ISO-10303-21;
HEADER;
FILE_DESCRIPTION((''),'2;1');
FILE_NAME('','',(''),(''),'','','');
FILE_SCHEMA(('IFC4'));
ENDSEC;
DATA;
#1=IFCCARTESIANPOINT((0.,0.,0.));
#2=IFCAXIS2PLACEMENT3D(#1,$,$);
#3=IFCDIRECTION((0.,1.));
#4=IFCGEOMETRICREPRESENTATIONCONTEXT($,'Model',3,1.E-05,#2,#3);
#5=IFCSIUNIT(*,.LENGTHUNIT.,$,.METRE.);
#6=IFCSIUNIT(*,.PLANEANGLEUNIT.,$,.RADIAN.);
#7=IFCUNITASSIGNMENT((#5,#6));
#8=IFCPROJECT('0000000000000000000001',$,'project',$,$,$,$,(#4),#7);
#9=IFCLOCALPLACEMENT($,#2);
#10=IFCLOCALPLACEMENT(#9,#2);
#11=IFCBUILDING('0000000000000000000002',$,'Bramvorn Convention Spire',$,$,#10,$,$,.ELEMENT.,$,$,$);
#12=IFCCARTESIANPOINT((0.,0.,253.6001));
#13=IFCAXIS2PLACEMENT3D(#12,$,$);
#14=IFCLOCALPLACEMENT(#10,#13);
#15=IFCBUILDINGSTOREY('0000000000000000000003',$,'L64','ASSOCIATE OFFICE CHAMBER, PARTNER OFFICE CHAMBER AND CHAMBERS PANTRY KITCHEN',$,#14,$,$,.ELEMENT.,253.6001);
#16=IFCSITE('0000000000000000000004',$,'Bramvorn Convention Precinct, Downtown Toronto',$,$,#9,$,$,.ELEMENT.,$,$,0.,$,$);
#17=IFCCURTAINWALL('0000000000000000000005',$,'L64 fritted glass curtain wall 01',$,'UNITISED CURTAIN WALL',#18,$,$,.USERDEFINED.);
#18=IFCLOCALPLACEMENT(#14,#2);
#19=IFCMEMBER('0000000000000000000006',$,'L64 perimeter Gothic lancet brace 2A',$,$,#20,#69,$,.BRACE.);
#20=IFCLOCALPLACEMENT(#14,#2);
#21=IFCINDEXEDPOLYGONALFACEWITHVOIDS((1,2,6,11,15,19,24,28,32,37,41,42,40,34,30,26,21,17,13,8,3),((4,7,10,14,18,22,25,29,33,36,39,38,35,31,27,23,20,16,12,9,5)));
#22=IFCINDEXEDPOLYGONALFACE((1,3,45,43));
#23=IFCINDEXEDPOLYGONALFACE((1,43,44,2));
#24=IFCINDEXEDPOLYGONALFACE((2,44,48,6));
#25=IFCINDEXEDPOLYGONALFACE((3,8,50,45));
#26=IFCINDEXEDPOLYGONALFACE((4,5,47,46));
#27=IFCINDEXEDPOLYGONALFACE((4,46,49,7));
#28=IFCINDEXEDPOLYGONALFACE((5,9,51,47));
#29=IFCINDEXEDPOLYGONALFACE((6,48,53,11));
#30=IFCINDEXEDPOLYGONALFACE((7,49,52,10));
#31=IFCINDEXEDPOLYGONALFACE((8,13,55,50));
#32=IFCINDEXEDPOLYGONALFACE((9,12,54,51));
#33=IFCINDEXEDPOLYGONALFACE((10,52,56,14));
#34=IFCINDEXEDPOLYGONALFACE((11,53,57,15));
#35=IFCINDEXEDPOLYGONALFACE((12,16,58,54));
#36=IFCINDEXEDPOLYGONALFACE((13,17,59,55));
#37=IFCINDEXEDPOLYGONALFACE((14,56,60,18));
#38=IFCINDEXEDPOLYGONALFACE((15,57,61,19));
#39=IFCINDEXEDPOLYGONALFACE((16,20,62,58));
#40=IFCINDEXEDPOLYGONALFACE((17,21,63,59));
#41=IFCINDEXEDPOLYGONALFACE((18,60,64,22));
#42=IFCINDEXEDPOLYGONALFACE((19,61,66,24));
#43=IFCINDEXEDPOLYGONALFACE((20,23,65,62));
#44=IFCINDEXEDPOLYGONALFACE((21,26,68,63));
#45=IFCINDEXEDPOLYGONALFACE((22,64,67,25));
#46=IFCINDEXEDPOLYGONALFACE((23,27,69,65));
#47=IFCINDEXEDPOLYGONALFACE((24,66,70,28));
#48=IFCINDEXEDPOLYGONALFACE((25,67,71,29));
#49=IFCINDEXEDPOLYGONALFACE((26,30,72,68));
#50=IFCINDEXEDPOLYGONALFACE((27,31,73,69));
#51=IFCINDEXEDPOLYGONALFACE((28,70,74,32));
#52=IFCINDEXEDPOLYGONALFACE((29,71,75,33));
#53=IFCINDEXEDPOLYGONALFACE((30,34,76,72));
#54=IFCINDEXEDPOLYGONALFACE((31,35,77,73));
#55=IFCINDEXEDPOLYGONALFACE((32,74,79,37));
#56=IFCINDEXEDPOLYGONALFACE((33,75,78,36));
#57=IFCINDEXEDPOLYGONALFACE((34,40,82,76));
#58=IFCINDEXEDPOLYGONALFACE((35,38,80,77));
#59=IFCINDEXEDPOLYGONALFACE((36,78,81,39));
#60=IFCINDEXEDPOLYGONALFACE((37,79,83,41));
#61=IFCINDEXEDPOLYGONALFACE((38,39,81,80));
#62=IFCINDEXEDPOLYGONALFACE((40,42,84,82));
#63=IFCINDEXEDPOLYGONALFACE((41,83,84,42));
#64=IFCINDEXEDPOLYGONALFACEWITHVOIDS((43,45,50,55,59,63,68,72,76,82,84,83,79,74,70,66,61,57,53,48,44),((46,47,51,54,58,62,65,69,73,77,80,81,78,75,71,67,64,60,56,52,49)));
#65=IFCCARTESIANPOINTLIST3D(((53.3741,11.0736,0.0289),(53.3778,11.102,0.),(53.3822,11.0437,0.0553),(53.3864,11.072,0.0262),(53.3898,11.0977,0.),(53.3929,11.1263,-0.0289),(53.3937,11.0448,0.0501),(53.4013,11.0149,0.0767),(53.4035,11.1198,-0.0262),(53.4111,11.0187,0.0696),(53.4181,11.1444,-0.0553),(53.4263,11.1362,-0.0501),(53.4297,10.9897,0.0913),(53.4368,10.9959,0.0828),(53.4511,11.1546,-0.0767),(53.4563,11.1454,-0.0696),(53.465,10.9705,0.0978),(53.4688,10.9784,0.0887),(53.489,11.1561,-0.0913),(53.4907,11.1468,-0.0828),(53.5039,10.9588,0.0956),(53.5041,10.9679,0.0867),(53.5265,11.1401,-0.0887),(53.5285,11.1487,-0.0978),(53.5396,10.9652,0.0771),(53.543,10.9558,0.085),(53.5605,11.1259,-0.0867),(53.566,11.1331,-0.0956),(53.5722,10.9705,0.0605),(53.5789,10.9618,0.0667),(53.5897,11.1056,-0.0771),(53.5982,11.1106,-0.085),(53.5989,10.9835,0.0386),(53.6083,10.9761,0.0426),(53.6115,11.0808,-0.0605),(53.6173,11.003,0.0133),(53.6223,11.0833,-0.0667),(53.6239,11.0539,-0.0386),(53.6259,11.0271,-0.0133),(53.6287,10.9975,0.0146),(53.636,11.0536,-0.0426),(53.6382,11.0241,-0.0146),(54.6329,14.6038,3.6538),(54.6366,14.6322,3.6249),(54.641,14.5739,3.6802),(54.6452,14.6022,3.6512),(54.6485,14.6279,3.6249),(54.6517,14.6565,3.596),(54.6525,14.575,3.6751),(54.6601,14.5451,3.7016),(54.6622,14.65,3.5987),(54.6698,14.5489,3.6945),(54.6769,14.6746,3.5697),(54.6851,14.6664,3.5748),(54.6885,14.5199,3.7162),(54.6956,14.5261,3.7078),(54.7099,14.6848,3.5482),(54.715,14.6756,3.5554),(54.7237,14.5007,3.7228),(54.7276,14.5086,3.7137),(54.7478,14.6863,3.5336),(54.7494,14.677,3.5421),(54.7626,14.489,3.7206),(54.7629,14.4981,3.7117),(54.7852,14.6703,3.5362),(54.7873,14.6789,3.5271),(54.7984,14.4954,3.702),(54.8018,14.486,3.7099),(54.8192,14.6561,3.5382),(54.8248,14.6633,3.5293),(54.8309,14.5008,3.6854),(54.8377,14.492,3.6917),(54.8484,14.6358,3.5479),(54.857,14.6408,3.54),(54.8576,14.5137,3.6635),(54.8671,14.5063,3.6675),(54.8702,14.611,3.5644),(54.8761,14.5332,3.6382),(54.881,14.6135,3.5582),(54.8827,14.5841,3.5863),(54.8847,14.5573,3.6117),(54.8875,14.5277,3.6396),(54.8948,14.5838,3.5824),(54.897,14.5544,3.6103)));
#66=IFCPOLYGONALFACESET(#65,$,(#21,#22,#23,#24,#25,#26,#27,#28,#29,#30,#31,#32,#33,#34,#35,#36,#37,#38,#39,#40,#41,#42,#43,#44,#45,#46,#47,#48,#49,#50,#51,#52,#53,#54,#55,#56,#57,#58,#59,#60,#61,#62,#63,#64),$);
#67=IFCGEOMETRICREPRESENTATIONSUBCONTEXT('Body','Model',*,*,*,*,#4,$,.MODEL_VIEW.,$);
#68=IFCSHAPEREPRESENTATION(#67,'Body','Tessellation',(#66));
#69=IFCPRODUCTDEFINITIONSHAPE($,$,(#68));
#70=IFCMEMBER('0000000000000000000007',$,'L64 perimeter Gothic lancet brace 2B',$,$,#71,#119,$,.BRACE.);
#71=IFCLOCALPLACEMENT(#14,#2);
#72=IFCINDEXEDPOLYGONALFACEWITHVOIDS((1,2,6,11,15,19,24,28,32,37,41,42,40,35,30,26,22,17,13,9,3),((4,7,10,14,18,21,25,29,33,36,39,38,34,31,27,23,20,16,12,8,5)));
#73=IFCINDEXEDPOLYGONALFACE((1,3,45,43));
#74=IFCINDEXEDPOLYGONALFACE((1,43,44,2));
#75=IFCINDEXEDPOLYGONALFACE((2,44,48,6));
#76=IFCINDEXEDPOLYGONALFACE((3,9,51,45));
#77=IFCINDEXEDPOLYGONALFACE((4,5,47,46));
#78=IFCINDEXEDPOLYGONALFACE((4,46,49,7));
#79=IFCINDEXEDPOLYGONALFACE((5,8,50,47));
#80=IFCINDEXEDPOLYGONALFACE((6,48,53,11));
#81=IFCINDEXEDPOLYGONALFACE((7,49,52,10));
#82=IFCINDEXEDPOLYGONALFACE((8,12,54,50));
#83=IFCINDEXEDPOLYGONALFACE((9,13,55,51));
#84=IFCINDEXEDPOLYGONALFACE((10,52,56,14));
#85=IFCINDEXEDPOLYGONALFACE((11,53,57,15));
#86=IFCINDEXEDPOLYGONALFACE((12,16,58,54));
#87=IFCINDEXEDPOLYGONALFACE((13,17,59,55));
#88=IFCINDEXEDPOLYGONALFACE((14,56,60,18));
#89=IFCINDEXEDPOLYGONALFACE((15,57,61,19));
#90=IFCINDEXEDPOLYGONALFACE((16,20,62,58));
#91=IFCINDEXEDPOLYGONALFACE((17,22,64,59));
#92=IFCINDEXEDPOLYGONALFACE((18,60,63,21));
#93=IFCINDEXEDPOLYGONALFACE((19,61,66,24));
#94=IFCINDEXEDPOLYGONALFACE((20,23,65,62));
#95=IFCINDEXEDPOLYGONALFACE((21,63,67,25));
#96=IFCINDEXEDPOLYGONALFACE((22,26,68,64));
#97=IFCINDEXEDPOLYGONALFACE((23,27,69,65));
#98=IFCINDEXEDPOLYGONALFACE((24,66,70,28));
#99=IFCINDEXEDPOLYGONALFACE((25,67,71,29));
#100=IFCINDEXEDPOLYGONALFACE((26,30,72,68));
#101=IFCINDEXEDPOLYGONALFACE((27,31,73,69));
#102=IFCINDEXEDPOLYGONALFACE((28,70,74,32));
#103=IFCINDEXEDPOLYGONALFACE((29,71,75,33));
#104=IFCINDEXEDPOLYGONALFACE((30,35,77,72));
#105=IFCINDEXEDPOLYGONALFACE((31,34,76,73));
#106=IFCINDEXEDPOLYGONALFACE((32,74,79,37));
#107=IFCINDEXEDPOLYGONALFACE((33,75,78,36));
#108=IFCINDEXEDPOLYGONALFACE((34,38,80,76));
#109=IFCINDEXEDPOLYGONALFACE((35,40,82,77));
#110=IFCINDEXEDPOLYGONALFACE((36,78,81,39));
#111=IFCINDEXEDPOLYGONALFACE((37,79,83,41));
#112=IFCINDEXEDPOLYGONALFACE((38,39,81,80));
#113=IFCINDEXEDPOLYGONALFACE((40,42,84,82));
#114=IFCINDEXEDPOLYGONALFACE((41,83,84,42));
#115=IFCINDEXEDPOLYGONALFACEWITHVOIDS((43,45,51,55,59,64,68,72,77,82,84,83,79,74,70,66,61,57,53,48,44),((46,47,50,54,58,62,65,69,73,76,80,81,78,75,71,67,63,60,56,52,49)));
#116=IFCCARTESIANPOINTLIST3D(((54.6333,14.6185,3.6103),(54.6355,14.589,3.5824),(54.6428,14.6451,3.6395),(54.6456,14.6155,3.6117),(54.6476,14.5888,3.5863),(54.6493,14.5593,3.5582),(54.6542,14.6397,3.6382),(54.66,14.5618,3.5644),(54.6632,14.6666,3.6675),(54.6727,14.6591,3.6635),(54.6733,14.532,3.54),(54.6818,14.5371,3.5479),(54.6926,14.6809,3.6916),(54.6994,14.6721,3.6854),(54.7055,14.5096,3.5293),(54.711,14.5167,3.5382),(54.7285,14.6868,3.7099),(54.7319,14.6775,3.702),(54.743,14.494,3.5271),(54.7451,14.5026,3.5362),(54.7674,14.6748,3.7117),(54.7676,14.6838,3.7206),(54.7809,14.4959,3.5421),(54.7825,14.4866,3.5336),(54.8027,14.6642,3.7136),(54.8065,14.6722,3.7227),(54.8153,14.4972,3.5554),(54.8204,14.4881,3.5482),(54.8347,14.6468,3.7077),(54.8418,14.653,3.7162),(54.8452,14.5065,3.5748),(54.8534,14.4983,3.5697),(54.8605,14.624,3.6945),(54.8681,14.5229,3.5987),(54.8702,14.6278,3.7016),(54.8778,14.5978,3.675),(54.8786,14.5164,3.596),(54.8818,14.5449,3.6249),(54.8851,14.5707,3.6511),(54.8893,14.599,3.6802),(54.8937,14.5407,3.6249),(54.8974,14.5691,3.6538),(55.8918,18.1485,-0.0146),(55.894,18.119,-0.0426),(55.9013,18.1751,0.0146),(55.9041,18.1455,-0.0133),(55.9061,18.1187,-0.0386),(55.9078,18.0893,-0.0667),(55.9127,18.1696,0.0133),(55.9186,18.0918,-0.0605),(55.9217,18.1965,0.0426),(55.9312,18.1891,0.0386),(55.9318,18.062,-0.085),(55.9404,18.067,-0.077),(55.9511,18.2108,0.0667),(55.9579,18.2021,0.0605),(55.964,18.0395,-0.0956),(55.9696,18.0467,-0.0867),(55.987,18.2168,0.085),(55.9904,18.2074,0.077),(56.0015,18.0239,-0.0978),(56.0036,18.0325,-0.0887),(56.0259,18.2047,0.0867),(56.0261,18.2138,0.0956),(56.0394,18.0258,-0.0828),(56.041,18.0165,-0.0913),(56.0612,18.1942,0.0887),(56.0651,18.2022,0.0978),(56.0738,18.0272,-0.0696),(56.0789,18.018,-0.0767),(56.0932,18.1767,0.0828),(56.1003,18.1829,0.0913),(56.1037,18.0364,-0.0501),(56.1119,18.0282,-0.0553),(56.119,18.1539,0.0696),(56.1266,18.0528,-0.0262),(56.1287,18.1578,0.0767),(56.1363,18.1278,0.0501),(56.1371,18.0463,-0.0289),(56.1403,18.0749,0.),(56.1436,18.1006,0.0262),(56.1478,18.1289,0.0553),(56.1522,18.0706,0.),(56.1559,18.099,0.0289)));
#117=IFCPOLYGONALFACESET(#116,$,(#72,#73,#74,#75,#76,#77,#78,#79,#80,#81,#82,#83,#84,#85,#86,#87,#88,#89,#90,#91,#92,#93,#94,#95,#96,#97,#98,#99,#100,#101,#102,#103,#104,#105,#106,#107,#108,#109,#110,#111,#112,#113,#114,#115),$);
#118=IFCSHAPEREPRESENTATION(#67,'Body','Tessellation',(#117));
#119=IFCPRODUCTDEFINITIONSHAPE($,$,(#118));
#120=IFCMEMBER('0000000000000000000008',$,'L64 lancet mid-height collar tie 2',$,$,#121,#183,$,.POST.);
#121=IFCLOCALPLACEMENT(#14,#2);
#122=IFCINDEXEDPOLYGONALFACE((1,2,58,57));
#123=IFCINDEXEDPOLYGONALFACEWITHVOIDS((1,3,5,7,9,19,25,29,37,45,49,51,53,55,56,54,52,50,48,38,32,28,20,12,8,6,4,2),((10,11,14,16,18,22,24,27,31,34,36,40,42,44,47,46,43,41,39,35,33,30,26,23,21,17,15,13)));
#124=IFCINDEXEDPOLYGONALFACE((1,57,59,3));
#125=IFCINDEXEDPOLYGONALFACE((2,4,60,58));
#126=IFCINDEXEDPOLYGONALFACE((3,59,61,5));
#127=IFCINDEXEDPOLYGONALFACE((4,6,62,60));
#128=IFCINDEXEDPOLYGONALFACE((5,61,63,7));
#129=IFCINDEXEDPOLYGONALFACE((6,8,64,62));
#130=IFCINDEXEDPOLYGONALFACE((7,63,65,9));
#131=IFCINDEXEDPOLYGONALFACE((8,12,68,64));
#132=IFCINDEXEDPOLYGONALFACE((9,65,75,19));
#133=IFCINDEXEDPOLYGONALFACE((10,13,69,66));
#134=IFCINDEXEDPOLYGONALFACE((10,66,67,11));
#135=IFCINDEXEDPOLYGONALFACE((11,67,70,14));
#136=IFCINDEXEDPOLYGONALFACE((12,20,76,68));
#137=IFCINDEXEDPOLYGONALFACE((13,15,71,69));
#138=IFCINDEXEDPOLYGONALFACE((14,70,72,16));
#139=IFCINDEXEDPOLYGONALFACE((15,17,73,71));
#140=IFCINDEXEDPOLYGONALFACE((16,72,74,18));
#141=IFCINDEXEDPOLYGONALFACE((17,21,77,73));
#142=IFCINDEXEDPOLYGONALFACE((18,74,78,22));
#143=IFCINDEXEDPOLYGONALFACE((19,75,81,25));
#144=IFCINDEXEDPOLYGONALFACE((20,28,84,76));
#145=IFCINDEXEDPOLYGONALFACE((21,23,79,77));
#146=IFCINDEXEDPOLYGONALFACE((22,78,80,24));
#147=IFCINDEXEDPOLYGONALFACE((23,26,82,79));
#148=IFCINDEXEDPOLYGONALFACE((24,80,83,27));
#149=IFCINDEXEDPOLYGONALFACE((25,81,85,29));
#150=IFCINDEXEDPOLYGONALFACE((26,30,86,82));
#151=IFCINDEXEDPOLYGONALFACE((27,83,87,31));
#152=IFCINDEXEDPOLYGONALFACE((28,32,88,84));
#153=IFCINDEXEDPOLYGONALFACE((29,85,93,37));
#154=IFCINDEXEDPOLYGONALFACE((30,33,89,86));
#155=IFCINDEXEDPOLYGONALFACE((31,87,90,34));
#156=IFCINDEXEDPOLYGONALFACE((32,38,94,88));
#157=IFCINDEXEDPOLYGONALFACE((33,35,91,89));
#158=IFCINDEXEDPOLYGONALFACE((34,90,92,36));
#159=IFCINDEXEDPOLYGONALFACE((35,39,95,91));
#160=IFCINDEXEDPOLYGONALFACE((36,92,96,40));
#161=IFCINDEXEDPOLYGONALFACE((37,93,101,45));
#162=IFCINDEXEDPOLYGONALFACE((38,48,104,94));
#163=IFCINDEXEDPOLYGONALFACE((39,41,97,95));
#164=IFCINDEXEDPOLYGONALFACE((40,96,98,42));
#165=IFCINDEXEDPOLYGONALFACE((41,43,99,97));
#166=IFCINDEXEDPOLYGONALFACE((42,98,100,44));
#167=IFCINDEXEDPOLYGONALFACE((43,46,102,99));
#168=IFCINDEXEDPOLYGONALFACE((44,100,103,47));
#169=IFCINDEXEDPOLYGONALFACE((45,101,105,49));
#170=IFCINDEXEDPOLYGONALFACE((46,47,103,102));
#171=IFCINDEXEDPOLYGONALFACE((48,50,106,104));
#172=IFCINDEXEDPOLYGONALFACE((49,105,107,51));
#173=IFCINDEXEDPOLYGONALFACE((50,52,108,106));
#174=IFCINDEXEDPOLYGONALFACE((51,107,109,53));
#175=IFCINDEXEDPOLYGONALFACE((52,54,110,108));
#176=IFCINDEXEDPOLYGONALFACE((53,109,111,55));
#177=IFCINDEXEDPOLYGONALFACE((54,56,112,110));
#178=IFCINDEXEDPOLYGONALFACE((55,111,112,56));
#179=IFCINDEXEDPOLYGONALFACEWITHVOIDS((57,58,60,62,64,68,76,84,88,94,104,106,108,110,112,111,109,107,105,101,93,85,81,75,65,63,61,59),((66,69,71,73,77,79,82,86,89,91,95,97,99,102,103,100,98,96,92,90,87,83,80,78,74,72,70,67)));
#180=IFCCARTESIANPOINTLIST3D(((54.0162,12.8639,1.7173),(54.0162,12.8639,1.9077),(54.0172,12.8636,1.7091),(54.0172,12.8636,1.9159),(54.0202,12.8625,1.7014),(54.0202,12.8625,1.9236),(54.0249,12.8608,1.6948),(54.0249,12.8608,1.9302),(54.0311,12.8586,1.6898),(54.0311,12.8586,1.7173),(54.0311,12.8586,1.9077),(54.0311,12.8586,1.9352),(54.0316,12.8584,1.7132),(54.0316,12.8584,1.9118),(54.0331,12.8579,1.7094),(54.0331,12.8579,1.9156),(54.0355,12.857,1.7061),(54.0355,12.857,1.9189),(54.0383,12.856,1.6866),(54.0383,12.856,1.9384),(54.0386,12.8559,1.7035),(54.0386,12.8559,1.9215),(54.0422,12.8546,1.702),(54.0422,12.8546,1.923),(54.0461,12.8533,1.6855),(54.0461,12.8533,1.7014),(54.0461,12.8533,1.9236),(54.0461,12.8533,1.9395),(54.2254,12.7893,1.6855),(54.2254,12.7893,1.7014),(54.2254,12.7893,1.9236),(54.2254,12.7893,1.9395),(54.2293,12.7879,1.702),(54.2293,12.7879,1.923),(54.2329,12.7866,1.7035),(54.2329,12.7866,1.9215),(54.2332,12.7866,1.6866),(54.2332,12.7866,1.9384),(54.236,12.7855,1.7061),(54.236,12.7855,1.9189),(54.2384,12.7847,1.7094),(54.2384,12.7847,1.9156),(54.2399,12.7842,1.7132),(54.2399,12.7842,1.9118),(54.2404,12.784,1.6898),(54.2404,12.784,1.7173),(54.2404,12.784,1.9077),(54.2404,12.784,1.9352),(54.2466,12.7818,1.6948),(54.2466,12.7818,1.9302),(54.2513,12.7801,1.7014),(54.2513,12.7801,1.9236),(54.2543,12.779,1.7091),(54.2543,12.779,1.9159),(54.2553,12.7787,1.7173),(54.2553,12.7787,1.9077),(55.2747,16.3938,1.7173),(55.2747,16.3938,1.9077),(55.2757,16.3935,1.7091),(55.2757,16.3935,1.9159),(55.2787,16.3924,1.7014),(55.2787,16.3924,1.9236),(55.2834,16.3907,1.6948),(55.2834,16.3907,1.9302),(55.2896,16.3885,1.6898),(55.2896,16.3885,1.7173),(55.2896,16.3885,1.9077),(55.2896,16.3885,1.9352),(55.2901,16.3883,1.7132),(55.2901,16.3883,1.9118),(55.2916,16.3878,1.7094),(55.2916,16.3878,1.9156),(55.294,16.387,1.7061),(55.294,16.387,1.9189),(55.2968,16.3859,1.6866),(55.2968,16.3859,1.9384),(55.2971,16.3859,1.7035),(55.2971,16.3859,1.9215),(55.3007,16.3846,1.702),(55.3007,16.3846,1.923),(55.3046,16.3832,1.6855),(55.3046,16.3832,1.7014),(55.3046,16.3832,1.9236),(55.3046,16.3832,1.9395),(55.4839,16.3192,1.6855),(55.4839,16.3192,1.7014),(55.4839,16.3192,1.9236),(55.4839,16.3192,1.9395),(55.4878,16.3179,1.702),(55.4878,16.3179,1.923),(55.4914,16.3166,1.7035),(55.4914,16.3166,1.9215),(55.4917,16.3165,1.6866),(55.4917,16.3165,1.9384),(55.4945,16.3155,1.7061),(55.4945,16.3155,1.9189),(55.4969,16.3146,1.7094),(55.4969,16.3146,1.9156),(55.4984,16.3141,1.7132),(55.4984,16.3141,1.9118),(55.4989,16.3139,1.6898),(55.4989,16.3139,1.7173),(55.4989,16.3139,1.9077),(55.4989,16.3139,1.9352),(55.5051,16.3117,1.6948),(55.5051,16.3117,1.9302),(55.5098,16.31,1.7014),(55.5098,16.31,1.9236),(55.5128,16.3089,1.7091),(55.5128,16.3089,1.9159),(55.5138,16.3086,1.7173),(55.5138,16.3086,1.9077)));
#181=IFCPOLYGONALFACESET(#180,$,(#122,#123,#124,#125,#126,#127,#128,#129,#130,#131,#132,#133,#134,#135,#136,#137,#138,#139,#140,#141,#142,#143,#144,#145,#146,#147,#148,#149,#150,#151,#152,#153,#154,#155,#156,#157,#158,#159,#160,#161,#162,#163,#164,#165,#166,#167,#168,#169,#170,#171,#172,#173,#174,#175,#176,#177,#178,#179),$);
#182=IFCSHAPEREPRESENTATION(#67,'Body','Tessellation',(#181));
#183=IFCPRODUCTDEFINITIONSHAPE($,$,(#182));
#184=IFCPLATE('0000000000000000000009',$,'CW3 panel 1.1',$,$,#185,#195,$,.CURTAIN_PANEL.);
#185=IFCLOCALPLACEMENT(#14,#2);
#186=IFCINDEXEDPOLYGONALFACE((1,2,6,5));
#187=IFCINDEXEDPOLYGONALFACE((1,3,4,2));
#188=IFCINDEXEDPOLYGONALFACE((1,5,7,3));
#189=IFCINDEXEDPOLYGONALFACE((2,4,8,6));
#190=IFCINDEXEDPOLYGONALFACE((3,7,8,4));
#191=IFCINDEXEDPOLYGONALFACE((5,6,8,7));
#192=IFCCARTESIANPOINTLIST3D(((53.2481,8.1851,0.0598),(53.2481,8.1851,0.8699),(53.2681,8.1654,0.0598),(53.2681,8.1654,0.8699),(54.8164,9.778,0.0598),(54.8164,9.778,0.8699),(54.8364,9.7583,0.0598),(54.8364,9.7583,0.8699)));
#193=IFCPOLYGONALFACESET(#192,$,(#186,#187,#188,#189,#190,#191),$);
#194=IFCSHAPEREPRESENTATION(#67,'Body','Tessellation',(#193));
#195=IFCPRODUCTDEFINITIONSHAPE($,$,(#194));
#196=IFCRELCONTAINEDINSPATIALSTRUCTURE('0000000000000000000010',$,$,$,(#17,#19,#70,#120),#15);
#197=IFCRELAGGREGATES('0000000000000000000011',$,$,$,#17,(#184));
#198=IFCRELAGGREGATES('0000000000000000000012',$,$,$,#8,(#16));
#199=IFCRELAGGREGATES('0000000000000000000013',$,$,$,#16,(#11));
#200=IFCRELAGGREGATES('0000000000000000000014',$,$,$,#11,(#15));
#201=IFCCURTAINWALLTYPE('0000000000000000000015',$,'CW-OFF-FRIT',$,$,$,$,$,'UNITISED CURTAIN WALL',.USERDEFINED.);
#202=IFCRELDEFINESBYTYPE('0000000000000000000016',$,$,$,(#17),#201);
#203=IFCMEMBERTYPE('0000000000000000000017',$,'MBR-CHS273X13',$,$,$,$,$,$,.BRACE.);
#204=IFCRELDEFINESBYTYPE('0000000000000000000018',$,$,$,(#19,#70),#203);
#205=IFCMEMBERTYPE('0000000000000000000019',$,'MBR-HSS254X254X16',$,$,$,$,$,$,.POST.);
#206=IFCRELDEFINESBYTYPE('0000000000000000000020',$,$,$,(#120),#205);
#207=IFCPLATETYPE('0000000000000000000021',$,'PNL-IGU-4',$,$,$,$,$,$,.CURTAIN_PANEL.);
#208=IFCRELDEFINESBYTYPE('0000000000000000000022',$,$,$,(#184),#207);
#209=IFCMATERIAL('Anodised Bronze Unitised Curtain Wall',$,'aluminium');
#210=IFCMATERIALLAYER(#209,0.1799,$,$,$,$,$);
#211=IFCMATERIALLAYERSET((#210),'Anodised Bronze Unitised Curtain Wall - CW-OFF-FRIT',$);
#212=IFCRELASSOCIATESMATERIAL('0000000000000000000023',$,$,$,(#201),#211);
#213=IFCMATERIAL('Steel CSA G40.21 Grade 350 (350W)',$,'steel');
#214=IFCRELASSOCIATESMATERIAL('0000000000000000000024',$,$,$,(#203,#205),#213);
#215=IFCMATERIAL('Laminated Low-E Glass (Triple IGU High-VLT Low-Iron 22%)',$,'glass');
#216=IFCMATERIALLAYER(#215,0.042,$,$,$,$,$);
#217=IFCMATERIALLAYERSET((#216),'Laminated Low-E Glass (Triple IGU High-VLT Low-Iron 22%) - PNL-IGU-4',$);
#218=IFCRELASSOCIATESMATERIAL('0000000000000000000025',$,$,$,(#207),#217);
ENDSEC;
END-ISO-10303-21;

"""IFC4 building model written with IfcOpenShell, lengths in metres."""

from ifc_helpers import new_model, si_unit, direction, frame, origin, origin_2d, place, context, subcontext, project, spatial, rectangle, hollow_rectangle, hollow_circle, extrude, material, layer, layer_set, material_profile, profile_set, type_object, element, aggregate, save


model = new_model("IFC4")

# Units and contexts
model_context = context("Model", 3, precision=1e-05, world=origin(), true_north=direction((0.0, 1.0)))
body_context = subcontext(model_context, "Body", "Model", "MODEL_VIEW")
ifc_project = project(units=[si_unit("LENGTHUNIT", "METRE"), si_unit("PLANEANGLEUNIT", "RADIAN")], contexts=[model_context])

# Site, building, storey
site_placement = place(None, origin())
site = spatial("IfcSite", under=ifc_project, at=site_placement, Name="Bramvorn Convention Precinct, Downtown Toronto", CompositionType="ELEMENT", RefElevation=0.0)
building_placement = place(site_placement, origin())
building = spatial("IfcBuilding", under=site, at=building_placement, Name="Bramvorn Convention Spire", CompositionType="ELEMENT")
storey_placement = place(building_placement, frame((0.0, 0.0, 253.6001)))
storey = spatial("IfcBuildingStorey", under=building, at=storey_placement, Name="L64", Description="ASSOCIATE OFFICE CHAMBER, PARTNER OFFICE CHAMBER AND CHAMBERS PANTRY KITCHEN", CompositionType="ELEMENT", Elevation=253.6001)

# Shared definitions
ifc_material_1 = material(Name="Steel CSA G40.21 Grade 350 (350W)", Category="steel")

# Curtain wall
ifc_material_2 = material(Name="Anodised Bronze Unitised Curtain Wall", Category="aluminium")
ifc_layer_1 = layer(ifc_material_2, 0.1799)
ifc_layer_set_1 = layer_set([ifc_layer_1], Name="Anodised Bronze Unitised Curtain Wall - CW-OFF-FRIT")
curtain_wall_type = type_object("IfcCurtainWallType", Name="CW-OFF-FRIT", ElementType="UNITISED CURTAIN WALL", PredefinedType="USERDEFINED", material=ifc_layer_set_1)
curtain_wall_1_placement = place(storey_placement, origin())
curtain_wall_1 = element("IfcCurtainWall", 1, at=curtain_wall_1_placement, inside=storey, type_object=curtain_wall_type, Name="L64 fritted glass curtain wall 01", ObjectType="UNITISED CURTAIN WALL", PredefinedType="USERDEFINED")

# Members
ifc_material_profile_1 = material_profile(ifc_material_1, hollow_circle(Radius=0.1365, WallThickness=0.0127, at=origin_2d()))
ifc_profile_set_1 = profile_set([ifc_material_profile_1], Name="Steel CSA G40.21 Grade 350 (350W) - CHS273X13")
member_type_1 = type_object("IfcMemberType", Name="MBR-CHS273X13", PredefinedType="BRACE", material=ifc_profile_set_1)
member_1_placement = place(storey_placement, frame((53.5063, 11.0562, 0.0), z_axis=(0.241415, 0.677048, 0.695215), x_axis=(-0.941913, 0.335858, 0.0)))
element("IfcMember", 2, at=member_1_placement, inside=storey, type_object=member_type_1, Name="L64 perimeter Gothic lancet brace 2A", PredefinedType="BRACE", context=body_context, shape_type="SweptSolid", body=[
    extrude(hollow_circle(Radius=0.1365, WallThickness=0.0127, at=origin_2d()), origin(), (0.0, 0.0, 1.0), 5.2141),
])
member_2_placement = place(storey_placement, frame((56.0237, 18.1165, 0.0), z_axis=(-0.241379, -0.677031, 0.695245), x_axis=(0.941926, -0.33582, 0.0)))
element("IfcMember", 3, at=member_2_placement, inside=storey, type_object=member_type_1, Name="L64 perimeter Gothic lancet brace 2B", PredefinedType="BRACE", context=body_context, shape_type="SweptSolid", body=[
    extrude(hollow_circle(Radius=0.1365, WallThickness=0.0127, at=origin_2d()), origin(), (0.0, 0.0, 1.0), 5.2139),
])
ifc_material_profile_2 = material_profile(ifc_material_1, hollow_rectangle(XDim=0.2539, YDim=0.2539, WallThickness=0.0159, InnerFilletRadius=0.0159, OuterFilletRadius=0.0317, at=origin_2d()))
ifc_profile_set_2 = profile_set([ifc_material_profile_2], Name="Steel CSA G40.21 Grade 350 (350W) - HSS254X254X16")
member_type_2 = type_object("IfcMemberType", Name="MBR-HSS254X254X16", PredefinedType="POST", material=ifc_profile_set_2)
member_3_placement = place(storey_placement, frame((54.1357, 12.8213, 1.8125), z_axis=(0.33582, 0.941926, 0.0), x_axis=(-0.941926, 0.33582, 0.0)))
element("IfcMember", 4, at=member_3_placement, inside=storey, type_object=member_type_2, Name="L64 lancet mid-height collar tie 2", PredefinedType="POST", context=body_context, shape_type="SweptSolid", body=[
    extrude(hollow_rectangle(XDim=0.2539, YDim=0.2539, WallThickness=0.0159, InnerFilletRadius=0.0159, OuterFilletRadius=0.0317, at=origin_2d()), origin(), (0.0, 0.0, 1.0), 3.7476),
])

# Plate
ifc_material_3 = material(Name="Laminated Low-E Glass (Triple IGU High-VLT Low-Iron 22%)", Category="glass")
ifc_layer_2 = layer(ifc_material_3, 0.042)
ifc_layer_set_2 = layer_set([ifc_layer_2], Name="Laminated Low-E Glass (Triple IGU High-VLT Low-Iron 22%) - PNL-IGU-4")
plate_type = type_object("IfcPlateType", Name="PNL-IGU-4", PredefinedType="CURTAIN_PANEL", material=ifc_layer_set_2)
plate_1_placement = place(storey_placement, frame((54.0422, 8.9717, 0.0598), z_axis=(0.0, 0.0, 1.0), x_axis=(-0.701581, -0.71259, 0.0)))
plate_1 = element("IfcPlate", 5, at=plate_1_placement, type_object=plate_type, Name="CW3 panel 1.1", PredefinedType="CURTAIN_PANEL", context=body_context, shape_type="SweptSolid", body=[
    extrude(rectangle(XDim=2.2354, YDim=0.0281, at=origin_2d()), origin(), (0.0, 0.0, 1.0), 0.8101),
])
aggregate(curtain_wall_1, [plate_1])

save(model, "model.ifc")
